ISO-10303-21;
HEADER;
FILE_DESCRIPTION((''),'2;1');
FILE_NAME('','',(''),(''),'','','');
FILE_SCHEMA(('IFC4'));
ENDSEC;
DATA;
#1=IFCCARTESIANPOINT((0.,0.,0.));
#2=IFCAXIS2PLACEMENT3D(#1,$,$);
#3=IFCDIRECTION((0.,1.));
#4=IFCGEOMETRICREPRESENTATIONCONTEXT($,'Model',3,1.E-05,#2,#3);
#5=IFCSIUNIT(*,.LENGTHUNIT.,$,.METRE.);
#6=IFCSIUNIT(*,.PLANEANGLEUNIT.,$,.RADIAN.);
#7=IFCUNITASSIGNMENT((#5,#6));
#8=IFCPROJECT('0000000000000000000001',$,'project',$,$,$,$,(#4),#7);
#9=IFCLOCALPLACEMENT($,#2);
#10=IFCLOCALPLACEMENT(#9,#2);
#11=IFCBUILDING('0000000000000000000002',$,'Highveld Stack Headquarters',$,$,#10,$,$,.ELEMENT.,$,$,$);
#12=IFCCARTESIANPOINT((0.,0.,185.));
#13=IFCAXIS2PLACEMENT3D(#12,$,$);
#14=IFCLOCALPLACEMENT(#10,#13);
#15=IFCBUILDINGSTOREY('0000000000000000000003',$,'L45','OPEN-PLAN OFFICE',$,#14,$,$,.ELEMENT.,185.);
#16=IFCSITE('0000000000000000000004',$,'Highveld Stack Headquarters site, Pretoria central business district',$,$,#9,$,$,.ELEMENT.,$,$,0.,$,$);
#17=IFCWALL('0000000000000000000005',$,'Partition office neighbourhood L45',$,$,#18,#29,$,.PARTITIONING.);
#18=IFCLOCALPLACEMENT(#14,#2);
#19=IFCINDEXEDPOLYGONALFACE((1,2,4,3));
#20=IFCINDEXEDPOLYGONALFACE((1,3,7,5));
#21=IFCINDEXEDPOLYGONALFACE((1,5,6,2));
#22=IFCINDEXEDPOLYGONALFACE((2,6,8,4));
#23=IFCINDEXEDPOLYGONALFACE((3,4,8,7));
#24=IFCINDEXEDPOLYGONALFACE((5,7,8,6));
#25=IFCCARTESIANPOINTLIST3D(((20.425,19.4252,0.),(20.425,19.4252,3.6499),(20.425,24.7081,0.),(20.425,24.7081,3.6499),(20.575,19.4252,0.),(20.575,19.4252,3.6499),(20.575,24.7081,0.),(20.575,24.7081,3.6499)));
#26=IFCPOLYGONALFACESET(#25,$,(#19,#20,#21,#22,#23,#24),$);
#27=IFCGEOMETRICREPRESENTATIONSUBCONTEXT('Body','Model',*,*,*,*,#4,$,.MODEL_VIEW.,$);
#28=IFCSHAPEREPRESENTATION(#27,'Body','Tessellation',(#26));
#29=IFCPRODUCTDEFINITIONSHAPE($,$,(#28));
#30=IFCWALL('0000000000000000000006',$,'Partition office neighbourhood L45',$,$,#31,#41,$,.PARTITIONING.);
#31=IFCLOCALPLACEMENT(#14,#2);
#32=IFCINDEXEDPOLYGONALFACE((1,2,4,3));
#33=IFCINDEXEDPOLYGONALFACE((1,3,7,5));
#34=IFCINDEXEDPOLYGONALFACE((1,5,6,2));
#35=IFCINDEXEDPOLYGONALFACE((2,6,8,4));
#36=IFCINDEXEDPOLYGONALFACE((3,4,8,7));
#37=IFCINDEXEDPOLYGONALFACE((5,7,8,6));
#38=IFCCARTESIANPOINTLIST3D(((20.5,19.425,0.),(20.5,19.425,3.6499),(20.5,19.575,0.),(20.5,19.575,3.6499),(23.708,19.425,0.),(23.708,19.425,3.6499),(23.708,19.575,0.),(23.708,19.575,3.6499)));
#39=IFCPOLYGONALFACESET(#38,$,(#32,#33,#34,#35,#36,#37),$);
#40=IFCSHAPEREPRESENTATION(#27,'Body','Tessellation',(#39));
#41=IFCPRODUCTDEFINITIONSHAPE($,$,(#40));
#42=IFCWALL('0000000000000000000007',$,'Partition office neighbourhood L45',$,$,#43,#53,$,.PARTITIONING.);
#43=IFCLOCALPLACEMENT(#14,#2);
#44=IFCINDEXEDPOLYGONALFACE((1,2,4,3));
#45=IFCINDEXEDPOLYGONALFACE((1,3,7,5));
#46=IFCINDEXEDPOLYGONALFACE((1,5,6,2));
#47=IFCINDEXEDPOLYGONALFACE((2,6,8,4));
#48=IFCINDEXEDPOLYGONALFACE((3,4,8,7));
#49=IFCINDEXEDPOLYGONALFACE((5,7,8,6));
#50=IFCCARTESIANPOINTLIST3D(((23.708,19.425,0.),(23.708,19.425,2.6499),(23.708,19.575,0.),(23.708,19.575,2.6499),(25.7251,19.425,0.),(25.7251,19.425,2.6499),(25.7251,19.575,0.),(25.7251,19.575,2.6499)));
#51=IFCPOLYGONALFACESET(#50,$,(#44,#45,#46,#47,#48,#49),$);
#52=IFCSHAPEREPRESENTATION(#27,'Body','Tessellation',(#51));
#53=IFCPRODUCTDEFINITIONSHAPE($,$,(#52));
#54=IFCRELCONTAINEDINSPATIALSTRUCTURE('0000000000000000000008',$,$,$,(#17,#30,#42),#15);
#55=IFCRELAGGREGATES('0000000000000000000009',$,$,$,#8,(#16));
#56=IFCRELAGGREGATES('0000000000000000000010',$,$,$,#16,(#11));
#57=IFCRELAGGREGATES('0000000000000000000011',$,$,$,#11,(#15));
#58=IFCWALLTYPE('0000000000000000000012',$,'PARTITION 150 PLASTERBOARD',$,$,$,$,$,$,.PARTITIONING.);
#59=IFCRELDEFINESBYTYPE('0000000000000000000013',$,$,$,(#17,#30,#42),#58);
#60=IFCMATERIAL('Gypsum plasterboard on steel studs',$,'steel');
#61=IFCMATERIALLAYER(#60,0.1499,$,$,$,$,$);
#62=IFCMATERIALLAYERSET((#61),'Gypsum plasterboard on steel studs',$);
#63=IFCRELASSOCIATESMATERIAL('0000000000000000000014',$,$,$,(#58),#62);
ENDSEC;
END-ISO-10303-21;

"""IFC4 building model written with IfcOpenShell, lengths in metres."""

from ifc_helpers import new_model, si_unit, direction, frame, frame_2d, origin, place, context, subcontext, project, spatial, rectangle, extrude, material, layer, layer_set, type_object, element, save


model = new_model("IFC4")

# Units and contexts
model_context = context("Model", 3, precision=1e-05, world=origin(), true_north=direction((0.0, 1.0)))
body_context = subcontext(model_context, "Body", "Model", "MODEL_VIEW")
ifc_project = project(units=[si_unit("LENGTHUNIT", "METRE"), si_unit("PLANEANGLEUNIT", "RADIAN")], contexts=[model_context])

# Site, building, storey
site_placement = place(None, origin())
site = spatial("IfcSite", under=ifc_project, at=site_placement, Name="Highveld Stack Headquarters site, Pretoria central business district", CompositionType="ELEMENT", RefElevation=0.0)
building_placement = place(site_placement, origin())
building = spatial("IfcBuilding", under=site, at=building_placement, Name="Highveld Stack Headquarters", CompositionType="ELEMENT")
storey_placement = place(building_placement, frame((0.0, 0.0, 185.0)))
storey = spatial("IfcBuildingStorey", under=building, at=storey_placement, Name="L45", Description="OPEN-PLAN OFFICE", CompositionType="ELEMENT", Elevation=185.0)

# Shared definitions
ifc_material_1 = material(Name="Gypsum plasterboard on steel studs", Category="steel")
ifc_layer_1 = layer(ifc_material_1, 0.1499)
ifc_layer_set_1 = layer_set([ifc_layer_1], Name="Gypsum plasterboard on steel studs")
wall_type_1 = type_object("IfcWallType", Name="PARTITION 150 PLASTERBOARD", PredefinedType="PARTITIONING", material=ifc_layer_set_1)

# Walls
wall_1_placement = place(storey_placement, frame((20.5, 19.425, 0.0), z_axis=(0.0, 0.0, 1.0), x_axis=(0.0, 1.0, 0.0)))
element("IfcWall", 1, at=wall_1_placement, inside=storey, type_object=wall_type_1, Name="Partition office neighbourhood L45", PredefinedType="PARTITIONING", context=body_context, shape_type="SweptSolid", body=[
    extrude(rectangle(XDim=5.283, YDim=0.1499, at=frame_2d((2.6416, 0.0))), origin(), (0.0, 0.0, 1.0), 3.6499),
])
wall_2_placement = place(storey_placement, frame((20.5, 19.5, 0.0), z_axis=(0.0, 0.0, 1.0), x_axis=(1.0, 0.0, 0.0)))
element("IfcWall", 2, at=wall_2_placement, inside=storey, type_object=wall_type_1, Name="Partition office neighbourhood L45", PredefinedType="PARTITIONING", context=body_context, shape_type="SweptSolid", body=[
    extrude(rectangle(XDim=3.208, YDim=0.1499, at=frame_2d((1.604, 0.0))), origin(), (0.0, 0.0, 1.0), 3.6499),
])
wall_3_placement = place(storey_placement, frame((23.708, 19.5, 0.0), z_axis=(0.0, 0.0, 1.0), x_axis=(1.0, 0.0, 0.0)))
element("IfcWall", 3, at=wall_3_placement, inside=storey, type_object=wall_type_1, Name="Partition office neighbourhood L45", PredefinedType="PARTITIONING", context=body_context, shape_type="SweptSolid", body=[
    extrude(rectangle(XDim=2.0171, YDim=0.1499, at=frame_2d((1.0085, 0.0))), origin(), (0.0, 0.0, 1.0), 2.6499),
])

save(model, "model.ifc")
